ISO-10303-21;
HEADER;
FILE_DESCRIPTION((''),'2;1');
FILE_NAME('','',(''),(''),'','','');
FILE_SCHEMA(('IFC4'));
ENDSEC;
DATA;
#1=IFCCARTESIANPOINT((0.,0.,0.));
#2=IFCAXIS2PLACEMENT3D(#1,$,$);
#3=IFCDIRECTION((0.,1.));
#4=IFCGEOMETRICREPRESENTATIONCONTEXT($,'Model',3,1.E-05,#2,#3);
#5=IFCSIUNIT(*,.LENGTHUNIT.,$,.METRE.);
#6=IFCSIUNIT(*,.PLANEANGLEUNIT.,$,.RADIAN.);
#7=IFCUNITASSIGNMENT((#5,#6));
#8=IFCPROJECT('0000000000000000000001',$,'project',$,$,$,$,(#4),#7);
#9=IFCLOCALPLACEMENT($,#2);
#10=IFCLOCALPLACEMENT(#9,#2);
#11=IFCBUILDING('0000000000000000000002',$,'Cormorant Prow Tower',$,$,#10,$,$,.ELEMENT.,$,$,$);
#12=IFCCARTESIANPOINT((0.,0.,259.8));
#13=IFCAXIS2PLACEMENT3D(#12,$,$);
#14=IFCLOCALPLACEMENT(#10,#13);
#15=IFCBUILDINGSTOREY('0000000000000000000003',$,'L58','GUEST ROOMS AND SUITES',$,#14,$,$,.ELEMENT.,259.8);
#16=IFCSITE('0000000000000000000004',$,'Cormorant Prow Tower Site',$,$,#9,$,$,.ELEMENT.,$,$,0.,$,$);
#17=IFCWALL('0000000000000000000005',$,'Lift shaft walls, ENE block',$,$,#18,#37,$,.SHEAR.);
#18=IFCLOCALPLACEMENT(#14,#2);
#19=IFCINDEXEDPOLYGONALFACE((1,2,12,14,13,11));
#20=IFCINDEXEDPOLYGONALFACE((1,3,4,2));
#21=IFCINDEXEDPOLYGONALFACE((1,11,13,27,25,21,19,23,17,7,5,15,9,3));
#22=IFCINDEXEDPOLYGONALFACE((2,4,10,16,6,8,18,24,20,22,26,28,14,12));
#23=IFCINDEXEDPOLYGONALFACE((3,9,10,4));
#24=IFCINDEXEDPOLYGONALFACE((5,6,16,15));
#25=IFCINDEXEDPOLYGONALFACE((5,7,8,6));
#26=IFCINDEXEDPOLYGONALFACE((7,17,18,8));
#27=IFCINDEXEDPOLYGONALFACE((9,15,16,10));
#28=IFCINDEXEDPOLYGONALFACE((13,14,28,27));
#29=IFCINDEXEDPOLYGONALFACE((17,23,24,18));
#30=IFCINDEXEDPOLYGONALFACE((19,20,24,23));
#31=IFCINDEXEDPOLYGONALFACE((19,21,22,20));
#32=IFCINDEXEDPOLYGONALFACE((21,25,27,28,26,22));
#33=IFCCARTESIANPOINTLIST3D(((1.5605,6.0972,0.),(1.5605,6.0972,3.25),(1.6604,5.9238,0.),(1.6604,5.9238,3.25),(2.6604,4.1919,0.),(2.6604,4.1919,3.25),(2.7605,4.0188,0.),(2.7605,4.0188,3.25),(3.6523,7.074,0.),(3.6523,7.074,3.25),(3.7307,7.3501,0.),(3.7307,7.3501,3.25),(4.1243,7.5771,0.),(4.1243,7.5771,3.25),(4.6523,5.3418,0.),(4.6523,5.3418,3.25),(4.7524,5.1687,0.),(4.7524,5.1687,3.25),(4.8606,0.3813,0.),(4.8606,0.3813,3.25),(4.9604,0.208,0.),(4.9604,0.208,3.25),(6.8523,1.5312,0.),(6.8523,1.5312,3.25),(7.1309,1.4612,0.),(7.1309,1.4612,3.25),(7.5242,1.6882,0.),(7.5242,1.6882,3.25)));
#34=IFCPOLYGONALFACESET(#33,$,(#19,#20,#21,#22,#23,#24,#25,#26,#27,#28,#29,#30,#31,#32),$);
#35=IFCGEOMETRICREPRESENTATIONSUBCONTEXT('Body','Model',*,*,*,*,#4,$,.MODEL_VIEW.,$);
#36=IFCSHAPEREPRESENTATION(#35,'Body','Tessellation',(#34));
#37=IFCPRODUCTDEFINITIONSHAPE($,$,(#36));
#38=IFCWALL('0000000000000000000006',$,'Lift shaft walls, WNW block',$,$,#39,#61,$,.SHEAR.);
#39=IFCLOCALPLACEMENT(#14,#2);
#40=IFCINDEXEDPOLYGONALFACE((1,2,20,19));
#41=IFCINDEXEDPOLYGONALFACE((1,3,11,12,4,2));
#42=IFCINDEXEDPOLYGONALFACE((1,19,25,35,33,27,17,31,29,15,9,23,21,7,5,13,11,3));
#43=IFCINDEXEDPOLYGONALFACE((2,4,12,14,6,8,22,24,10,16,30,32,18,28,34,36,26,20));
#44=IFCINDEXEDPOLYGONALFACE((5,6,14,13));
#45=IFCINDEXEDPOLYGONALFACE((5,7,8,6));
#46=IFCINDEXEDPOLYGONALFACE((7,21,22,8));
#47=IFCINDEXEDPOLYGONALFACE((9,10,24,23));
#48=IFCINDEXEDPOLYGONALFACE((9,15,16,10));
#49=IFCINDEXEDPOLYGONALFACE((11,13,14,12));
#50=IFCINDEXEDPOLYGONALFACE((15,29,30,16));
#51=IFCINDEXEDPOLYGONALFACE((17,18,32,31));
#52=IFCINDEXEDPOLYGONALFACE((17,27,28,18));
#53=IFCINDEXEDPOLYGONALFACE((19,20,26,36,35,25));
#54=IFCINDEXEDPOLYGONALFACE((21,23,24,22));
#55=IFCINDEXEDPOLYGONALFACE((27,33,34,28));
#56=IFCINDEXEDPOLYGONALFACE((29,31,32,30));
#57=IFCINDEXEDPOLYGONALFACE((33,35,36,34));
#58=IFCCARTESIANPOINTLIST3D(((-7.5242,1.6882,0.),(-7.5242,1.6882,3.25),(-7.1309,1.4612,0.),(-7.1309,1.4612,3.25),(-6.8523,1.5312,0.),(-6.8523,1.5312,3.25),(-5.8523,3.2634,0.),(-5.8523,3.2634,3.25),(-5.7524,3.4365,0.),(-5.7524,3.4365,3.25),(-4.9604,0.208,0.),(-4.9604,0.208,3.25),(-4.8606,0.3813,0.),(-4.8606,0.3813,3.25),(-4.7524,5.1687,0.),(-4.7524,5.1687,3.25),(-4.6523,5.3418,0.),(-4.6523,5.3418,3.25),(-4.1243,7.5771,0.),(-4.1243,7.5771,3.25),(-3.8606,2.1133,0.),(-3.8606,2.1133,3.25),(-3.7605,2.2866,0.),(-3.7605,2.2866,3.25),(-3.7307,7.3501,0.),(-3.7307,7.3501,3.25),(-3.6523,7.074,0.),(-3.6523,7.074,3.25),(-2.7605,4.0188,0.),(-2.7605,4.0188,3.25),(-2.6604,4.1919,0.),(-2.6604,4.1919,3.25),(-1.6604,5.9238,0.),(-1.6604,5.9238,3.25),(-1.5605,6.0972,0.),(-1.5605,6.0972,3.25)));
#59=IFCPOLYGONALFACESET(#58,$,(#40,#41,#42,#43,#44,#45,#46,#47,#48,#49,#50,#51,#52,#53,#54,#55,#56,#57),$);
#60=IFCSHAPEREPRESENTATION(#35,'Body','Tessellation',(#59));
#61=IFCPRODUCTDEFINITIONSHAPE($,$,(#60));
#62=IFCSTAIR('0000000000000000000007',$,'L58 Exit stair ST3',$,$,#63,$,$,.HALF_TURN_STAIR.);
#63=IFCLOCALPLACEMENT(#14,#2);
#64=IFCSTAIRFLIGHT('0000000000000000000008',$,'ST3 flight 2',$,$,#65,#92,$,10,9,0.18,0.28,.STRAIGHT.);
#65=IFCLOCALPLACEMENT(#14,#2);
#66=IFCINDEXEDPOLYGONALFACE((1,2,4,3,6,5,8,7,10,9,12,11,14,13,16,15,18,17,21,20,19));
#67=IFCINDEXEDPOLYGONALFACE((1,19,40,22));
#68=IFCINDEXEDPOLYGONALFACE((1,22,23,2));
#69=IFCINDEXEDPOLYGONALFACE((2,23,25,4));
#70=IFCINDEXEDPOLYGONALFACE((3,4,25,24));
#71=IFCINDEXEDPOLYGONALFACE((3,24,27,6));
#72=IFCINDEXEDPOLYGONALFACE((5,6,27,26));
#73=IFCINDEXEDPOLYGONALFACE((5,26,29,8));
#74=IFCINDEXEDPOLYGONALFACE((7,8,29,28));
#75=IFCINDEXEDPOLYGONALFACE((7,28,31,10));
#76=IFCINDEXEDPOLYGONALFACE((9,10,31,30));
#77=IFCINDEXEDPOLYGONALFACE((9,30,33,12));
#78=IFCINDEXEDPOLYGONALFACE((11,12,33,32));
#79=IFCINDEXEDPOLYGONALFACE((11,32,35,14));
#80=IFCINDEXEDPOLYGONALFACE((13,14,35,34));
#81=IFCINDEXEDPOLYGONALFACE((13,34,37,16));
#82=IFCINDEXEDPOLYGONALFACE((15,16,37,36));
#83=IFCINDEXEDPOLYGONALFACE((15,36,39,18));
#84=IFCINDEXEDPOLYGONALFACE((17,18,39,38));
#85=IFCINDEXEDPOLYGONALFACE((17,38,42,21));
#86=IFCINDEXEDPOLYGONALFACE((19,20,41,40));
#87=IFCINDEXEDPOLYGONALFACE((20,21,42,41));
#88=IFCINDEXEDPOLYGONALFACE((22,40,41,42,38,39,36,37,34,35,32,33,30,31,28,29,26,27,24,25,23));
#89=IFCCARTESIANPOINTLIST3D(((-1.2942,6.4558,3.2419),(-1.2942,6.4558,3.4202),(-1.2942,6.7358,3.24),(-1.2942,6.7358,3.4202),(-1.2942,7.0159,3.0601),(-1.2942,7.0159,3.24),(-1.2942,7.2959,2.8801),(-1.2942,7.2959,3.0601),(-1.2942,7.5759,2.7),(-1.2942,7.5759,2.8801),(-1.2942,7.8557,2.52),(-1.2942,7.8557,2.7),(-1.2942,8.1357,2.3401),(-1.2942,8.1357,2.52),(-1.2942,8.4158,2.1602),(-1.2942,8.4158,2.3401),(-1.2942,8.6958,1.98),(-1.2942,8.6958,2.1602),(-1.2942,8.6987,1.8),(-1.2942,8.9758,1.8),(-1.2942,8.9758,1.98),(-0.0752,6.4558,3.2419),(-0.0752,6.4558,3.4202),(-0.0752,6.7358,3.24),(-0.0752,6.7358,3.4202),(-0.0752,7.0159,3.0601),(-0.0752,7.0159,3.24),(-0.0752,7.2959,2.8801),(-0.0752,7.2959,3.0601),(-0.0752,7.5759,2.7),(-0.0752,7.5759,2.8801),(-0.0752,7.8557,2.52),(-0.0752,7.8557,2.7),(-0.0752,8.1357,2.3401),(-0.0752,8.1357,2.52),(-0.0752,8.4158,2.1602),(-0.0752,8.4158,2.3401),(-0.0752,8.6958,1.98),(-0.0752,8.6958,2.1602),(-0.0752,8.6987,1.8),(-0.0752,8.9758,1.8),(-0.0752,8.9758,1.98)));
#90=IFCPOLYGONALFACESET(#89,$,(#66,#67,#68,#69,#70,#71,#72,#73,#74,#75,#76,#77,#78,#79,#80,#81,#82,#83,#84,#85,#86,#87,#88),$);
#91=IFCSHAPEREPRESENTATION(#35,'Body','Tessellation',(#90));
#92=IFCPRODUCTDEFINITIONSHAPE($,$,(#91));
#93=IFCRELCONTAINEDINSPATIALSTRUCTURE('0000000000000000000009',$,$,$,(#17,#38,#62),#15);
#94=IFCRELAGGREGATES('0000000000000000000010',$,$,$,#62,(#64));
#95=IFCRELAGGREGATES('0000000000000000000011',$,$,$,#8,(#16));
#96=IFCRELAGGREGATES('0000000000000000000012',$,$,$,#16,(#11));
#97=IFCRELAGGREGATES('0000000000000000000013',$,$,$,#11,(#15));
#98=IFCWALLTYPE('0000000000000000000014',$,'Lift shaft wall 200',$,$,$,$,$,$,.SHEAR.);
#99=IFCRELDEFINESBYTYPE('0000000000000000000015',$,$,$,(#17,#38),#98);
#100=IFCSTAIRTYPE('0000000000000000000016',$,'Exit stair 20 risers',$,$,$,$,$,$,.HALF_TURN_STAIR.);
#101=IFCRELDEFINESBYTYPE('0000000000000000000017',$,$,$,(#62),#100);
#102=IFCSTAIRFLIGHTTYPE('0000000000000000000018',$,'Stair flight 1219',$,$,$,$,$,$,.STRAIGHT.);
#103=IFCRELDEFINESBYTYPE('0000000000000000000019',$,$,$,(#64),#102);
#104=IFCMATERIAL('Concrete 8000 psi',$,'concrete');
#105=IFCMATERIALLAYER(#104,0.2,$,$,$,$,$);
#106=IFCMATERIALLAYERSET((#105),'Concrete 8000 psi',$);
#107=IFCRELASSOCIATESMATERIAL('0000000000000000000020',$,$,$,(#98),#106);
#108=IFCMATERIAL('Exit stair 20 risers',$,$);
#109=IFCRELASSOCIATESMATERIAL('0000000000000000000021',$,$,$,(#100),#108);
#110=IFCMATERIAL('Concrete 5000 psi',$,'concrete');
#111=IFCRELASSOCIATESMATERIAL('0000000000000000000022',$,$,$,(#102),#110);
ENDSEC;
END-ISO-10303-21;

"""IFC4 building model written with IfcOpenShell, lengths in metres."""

from ifc_helpers import new_model, si_unit, direction, frame, origin, place, context, subcontext, project, spatial, polyline, outline, extrude, material, layer, layer_set, type_object, element, aggregate, save


model = new_model("IFC4")

# Units and contexts
model_context = context("Model", 3, precision=1e-05, world=origin(), true_north=direction((0.0, 1.0)))
body_context = subcontext(model_context, "Body", "Model", "MODEL_VIEW")
ifc_project = project(units=[si_unit("LENGTHUNIT", "METRE"), si_unit("PLANEANGLEUNIT", "RADIAN")], contexts=[model_context])

# Site, building, storey
site_placement = place(None, origin())
site = spatial("IfcSite", under=ifc_project, at=site_placement, Name="Cormorant Prow Tower Site", CompositionType="ELEMENT", RefElevation=0.0)
building_placement = place(site_placement, origin())
building = spatial("IfcBuilding", under=site, at=building_placement, Name="Cormorant Prow Tower", CompositionType="ELEMENT")
storey_placement = place(building_placement, frame((0.0, 0.0, 259.8)))
storey = spatial("IfcBuildingStorey", under=building, at=storey_placement, Name="L58", Description="GUEST ROOMS AND SUITES", CompositionType="ELEMENT", Elevation=259.8)

# Walls
ifc_material_1 = material(Name="Concrete 8000 psi", Category="concrete")
ifc_layer_1 = layer(ifc_material_1, 0.2)
ifc_layer_set_1 = layer_set([ifc_layer_1], Name="Concrete 8000 psi")
wall_type_1 = type_object("IfcWallType", Name="Lift shaft wall 200", PredefinedType="SHEAR", material=ifc_layer_set_1)
wall_1_placement = place(storey_placement, origin())
element("IfcWall", 1, at=wall_1_placement, inside=storey, type_object=wall_type_1, Name="Lift shaft walls, ENE block", PredefinedType="SHEAR", context=body_context, shape_type="SweptSolid", body=[
    extrude(outline(polyline([(7.5242, 1.6882), (7.1309, 1.4612), (4.9604, 0.208), (4.8606, 0.3813), (6.8523, 1.5312), (4.7524, 5.1687), (2.7605, 4.0188), (2.6604, 4.1919), (4.6523, 5.3418), (3.6523, 7.074), (1.6604, 5.9238), (1.5605, 6.0972), (3.7307, 7.3501), (4.1243, 7.5771), (7.5242, 1.6882)])), origin(), (0.0, 0.0, 1.0), 3.25),
])
wall_2_placement = place(storey_placement, origin())
element("IfcWall", 2, at=wall_2_placement, inside=storey, type_object=wall_type_1, Name="Lift shaft walls, WNW block", PredefinedType="SHEAR", context=body_context, shape_type="SweptSolid", body=[
    extrude(outline(polyline([(-7.5242, 1.6882), (-4.1243, 7.5771), (-3.7307, 7.3501), (-1.5605, 6.0972), (-1.6604, 5.9238), (-3.6523, 7.074), (-4.6523, 5.3418), (-2.6604, 4.1919), (-2.7605, 4.0188), (-4.7524, 5.1687), (-5.7524, 3.4365), (-3.7605, 2.2866), (-3.8606, 2.1133), (-5.8523, 3.2634), (-6.8523, 1.5312), (-4.8606, 0.3813), (-4.9604, 0.208), (-7.1309, 1.4612), (-7.5242, 1.6882)])), origin(), (0.0, 0.0, 1.0), 3.25),
])

# Stair, stair flight
ifc_material_2 = material(Name="Exit stair 20 risers")
stair_type = type_object("IfcStairType", Name="Exit stair 20 risers", PredefinedType="HALF_TURN_STAIR", material=ifc_material_2)
stair_placement = place(storey_placement, origin())
stair = element("IfcStair", 3, at=stair_placement, inside=storey, type_object=stair_type, Name="L58 Exit stair ST3", PredefinedType="HALF_TURN_STAIR")
ifc_material_3 = material(Name="Concrete 5000 psi", Category="concrete")
stair_flight_type = type_object("IfcStairFlightType", Name="Stair flight 1219", PredefinedType="STRAIGHT", material=ifc_material_3)
stair_flight_placement = place(storey_placement, frame((-0.6846, 8.9758, 1.8), z_axis=(0.0, 0.0, 1.0), x_axis=(0.0, -1.0, 0.0)))
stair_flight = element("IfcStairFlight", 4, at=stair_flight_placement, type_object=stair_flight_type, Name="ST3 flight 2", NumberOfRisers=10, NumberOfTreads=9, PredefinedType="STRAIGHT", RiserHeight=0.18, TreadLength=0.28, context=body_context, shape_type="SweptSolid", body=[
    extrude(outline(polyline([(0.0, 0.0), (0.0, 0.1799), (0.28, 0.1799), (0.28, 0.3601), (0.5601, 0.3601), (0.5601, 0.54), (0.8401, 0.54), (0.8401, 0.72), (1.1201, 0.72), (1.1201, 0.8999), (1.3999, 0.8999), (1.3999, 1.0801), (1.6799, 1.0801), (1.6799, 1.26), (1.96, 1.26), (1.96, 1.4399), (2.24, 1.4399), (2.24, 1.6201), (2.52, 1.6201), (2.52, 1.8), (2.52, 1.4419), (0.2771, 0.0), (0.0, 0.0)])), frame((0.0, 0.6094, 0.0), z_axis=(0.0, -1.0, 0.0), x_axis=(1.0, 0.0, 0.0)), (0.0, 0.0, 1.0), 1.219),
])
aggregate(stair, [stair_flight])

save(model, "model.ifc")
